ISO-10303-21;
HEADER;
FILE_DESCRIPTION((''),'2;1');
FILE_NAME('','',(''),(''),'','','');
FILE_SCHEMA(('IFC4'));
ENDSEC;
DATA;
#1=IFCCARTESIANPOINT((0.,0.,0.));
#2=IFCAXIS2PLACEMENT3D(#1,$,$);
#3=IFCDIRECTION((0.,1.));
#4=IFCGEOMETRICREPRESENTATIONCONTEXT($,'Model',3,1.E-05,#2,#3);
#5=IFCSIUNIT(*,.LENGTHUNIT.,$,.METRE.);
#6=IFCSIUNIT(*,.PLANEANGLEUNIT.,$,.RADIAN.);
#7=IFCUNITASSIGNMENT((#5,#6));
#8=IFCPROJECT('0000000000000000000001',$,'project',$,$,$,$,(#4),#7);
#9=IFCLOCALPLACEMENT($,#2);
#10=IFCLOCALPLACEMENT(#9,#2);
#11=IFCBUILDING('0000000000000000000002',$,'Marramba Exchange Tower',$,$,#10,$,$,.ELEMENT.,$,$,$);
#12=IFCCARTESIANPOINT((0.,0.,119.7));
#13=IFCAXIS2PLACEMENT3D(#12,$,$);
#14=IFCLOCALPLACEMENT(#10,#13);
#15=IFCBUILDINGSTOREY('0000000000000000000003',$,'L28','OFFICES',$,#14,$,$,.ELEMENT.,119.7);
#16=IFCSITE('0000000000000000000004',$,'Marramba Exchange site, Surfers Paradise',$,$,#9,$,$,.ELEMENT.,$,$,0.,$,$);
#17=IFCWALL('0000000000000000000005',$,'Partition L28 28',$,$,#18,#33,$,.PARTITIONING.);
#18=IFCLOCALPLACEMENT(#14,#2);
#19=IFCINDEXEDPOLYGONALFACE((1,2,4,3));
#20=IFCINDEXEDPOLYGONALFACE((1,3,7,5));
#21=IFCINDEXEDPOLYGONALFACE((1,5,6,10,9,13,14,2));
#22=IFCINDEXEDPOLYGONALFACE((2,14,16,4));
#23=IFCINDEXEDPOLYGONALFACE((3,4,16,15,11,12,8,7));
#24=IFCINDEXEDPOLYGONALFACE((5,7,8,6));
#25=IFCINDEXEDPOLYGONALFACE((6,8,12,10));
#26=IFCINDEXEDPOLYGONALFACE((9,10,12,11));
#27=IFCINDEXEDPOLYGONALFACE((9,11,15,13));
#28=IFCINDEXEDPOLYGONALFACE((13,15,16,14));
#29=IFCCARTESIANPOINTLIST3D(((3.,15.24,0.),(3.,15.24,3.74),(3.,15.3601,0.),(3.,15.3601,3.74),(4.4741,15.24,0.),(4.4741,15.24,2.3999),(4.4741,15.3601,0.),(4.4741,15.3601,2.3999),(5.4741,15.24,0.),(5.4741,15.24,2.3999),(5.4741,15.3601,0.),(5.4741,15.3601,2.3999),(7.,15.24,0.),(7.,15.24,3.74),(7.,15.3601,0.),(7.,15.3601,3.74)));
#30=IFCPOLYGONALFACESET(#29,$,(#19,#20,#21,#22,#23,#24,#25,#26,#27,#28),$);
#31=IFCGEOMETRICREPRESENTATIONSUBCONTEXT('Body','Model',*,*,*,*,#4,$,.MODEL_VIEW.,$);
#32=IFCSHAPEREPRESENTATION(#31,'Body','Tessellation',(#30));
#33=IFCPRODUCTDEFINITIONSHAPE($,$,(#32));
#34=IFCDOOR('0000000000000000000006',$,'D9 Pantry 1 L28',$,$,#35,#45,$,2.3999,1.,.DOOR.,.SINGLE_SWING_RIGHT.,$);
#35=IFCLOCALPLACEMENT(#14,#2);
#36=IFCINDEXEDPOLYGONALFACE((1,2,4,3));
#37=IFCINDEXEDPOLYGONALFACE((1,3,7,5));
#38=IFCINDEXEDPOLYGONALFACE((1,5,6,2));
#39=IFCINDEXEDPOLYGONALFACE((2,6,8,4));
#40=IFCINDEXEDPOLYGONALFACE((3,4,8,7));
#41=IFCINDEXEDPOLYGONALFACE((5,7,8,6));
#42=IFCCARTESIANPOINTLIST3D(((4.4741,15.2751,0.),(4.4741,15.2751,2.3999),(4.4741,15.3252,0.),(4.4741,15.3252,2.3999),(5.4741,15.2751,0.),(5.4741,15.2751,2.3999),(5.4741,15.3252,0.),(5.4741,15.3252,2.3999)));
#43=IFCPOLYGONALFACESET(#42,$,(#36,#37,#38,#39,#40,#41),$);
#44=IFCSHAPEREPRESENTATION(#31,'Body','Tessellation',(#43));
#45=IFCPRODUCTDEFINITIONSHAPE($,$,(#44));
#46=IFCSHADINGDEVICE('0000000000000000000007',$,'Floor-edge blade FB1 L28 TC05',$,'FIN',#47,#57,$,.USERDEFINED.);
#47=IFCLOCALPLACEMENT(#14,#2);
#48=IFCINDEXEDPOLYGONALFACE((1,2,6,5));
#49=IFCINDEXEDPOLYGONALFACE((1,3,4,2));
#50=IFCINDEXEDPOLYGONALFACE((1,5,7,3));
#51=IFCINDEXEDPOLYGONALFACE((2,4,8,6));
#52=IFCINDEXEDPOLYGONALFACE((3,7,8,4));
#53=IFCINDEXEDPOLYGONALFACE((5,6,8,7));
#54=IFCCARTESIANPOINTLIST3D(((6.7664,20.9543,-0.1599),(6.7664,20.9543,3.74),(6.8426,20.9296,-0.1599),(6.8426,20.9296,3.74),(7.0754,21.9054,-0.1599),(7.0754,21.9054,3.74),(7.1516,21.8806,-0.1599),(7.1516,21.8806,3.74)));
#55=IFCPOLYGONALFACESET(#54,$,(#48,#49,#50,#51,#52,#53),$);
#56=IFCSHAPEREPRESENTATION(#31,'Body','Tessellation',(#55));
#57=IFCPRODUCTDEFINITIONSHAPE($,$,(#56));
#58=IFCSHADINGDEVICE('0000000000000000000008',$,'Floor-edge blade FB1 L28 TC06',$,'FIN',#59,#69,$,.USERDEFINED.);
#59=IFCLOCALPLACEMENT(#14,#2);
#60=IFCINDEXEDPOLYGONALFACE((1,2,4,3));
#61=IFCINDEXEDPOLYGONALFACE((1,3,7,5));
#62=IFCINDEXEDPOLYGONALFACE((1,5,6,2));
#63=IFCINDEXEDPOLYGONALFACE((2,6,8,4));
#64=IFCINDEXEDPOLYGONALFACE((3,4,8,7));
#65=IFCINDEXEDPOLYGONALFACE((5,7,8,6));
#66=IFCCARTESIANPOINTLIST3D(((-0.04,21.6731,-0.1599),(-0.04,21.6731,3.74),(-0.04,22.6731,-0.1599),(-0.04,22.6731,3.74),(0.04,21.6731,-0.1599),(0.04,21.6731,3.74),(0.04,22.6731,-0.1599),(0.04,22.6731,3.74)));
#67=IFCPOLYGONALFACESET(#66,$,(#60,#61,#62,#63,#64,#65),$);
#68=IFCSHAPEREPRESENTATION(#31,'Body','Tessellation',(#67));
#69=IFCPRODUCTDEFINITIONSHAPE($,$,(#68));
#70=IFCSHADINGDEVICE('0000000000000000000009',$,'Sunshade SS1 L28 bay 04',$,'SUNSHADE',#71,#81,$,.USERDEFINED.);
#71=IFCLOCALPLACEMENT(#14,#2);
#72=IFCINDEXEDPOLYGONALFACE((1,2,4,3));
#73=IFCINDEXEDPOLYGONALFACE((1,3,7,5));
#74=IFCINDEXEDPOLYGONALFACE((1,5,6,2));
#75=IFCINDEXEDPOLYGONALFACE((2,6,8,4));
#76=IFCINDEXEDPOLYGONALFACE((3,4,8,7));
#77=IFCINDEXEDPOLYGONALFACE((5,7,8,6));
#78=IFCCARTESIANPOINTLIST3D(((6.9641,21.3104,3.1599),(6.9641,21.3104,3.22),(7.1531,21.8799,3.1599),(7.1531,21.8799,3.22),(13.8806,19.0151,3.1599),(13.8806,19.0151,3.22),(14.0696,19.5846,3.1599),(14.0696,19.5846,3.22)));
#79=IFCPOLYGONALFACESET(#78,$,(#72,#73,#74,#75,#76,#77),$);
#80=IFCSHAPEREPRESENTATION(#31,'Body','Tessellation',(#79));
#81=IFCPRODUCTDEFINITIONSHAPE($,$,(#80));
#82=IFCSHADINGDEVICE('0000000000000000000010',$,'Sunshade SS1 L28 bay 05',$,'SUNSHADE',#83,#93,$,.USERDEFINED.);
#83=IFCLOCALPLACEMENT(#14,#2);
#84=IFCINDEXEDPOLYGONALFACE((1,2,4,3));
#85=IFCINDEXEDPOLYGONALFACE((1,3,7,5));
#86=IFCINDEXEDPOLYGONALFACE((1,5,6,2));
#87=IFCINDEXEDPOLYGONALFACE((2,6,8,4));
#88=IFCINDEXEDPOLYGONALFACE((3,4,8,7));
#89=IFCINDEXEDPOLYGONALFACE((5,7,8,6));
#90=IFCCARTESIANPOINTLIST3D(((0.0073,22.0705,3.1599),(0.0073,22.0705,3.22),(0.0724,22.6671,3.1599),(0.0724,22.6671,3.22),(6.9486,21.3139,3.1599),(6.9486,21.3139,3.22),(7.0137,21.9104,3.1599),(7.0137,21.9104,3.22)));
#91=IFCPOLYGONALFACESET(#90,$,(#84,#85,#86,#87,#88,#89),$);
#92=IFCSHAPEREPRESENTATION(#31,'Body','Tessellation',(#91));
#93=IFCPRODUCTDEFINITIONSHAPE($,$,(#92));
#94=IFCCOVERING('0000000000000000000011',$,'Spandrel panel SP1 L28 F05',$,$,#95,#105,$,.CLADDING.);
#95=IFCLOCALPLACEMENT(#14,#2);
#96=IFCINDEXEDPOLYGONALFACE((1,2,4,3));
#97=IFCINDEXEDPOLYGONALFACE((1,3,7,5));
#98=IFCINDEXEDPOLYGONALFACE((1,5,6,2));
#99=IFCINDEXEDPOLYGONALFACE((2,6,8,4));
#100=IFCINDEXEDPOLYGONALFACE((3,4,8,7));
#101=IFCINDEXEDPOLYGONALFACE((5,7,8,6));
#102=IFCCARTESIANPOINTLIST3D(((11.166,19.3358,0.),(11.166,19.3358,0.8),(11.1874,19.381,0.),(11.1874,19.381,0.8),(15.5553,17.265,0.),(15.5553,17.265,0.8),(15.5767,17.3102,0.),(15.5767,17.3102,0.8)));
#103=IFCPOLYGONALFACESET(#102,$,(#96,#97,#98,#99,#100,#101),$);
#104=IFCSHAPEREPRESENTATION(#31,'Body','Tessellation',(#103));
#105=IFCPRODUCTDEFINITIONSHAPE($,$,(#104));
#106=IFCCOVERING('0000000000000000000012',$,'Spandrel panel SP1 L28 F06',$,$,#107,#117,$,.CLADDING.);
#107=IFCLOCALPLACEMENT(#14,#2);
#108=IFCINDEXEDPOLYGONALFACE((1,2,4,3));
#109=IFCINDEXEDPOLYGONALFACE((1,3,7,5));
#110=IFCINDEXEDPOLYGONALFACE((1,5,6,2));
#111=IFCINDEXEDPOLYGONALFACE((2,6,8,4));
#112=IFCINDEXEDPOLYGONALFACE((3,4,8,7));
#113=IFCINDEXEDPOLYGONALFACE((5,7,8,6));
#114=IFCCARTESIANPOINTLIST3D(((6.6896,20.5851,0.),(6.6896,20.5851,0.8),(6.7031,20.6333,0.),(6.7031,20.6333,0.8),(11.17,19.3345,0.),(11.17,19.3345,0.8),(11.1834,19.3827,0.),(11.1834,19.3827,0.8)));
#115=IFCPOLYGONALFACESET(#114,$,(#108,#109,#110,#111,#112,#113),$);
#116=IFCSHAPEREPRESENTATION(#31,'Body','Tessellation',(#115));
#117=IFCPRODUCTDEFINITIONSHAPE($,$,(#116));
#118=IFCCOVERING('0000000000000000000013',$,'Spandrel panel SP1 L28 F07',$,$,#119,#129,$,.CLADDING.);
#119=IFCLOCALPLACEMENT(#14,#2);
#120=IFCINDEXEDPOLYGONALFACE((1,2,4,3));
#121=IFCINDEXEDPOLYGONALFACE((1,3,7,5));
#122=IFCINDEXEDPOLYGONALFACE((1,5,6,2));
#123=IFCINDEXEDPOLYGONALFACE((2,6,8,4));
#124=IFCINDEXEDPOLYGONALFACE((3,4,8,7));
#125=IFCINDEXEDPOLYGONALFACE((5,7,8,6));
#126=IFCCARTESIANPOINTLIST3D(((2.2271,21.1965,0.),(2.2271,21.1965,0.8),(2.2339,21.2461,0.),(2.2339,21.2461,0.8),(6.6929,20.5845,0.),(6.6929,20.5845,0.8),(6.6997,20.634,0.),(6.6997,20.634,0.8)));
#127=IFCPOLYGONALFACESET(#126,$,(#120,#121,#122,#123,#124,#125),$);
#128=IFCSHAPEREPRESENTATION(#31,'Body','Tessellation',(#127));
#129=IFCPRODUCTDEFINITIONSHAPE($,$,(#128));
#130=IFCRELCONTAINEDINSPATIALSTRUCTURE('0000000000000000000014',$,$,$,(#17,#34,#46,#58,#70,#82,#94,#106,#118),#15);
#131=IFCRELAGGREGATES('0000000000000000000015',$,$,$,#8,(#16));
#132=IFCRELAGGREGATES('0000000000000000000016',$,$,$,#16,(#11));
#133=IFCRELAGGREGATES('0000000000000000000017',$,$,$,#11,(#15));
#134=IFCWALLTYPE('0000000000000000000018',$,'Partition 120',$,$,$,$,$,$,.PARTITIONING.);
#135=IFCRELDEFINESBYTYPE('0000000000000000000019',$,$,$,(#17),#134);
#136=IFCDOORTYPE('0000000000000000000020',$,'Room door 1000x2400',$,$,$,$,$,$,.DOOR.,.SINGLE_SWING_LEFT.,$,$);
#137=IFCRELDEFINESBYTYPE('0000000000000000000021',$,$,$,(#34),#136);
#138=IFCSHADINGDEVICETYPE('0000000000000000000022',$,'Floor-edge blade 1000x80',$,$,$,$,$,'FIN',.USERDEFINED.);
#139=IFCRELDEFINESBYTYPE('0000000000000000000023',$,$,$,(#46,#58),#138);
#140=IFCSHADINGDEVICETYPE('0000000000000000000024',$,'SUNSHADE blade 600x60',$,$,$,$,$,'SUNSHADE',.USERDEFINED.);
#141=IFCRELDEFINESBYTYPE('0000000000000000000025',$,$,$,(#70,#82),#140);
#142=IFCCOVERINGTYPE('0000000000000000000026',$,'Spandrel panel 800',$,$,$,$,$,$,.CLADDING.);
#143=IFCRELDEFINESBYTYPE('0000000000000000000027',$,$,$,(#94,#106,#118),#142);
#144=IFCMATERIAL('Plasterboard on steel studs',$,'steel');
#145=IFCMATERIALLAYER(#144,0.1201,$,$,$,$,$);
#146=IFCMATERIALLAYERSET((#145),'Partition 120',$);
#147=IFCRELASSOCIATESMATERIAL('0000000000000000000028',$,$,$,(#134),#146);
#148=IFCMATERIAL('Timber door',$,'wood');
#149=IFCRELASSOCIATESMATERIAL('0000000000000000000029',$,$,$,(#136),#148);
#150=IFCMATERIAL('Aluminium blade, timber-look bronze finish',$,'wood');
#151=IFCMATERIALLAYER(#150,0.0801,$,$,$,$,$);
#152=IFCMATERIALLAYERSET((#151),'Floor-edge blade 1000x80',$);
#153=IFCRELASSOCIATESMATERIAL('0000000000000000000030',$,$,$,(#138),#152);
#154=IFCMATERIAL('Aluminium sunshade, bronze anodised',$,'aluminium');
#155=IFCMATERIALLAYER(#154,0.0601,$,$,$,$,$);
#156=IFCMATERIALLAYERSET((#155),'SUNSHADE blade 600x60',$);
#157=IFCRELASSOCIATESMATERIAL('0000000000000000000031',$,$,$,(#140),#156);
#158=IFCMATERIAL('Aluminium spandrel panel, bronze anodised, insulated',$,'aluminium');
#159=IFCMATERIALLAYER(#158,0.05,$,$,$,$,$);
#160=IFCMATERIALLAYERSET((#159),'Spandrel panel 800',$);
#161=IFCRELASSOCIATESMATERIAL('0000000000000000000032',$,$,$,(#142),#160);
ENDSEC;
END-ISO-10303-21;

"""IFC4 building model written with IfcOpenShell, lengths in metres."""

from ifc_helpers import new_model, si_unit, direction, frame, frame_2d, origin, origin_2d, place, context, subcontext, project, spatial, rectangle, extrude, material, layer, layer_set, type_object, element, fill, save


model = new_model("IFC4")

# Units and contexts
model_context = context("Model", 3, precision=1e-05, world=origin(), true_north=direction((0.0, 1.0)))
body_context = subcontext(model_context, "Body", "Model", "MODEL_VIEW")
ifc_project = project(units=[si_unit("LENGTHUNIT", "METRE"), si_unit("PLANEANGLEUNIT", "RADIAN")], contexts=[model_context])

# Site, building, storey
site_placement = place(None, origin())
site = spatial("IfcSite", under=ifc_project, at=site_placement, Name="Marramba Exchange site, Surfers Paradise", CompositionType="ELEMENT", RefElevation=0.0)
building_placement = place(site_placement, origin())
building = spatial("IfcBuilding", under=site, at=building_placement, Name="Marramba Exchange Tower", CompositionType="ELEMENT")
storey_placement = place(building_placement, frame((0.0, 0.0, 119.7)))
storey = spatial("IfcBuildingStorey", under=building, at=storey_placement, Name="L28", Description="OFFICES", CompositionType="ELEMENT", Elevation=119.7)

# Wall, opening, door
ifc_material_1 = material(Name="Plasterboard on steel studs", Category="steel")
ifc_layer_1 = layer(ifc_material_1, 0.1201)
ifc_layer_set_1 = layer_set([ifc_layer_1], Name="Partition 120")
wall_type = type_object("IfcWallType", Name="Partition 120", PredefinedType="PARTITIONING", material=ifc_layer_set_1)
wall_placement = place(storey_placement, frame((7.0, 15.3, 0.0), z_axis=(0.0, 0.0, 1.0), x_axis=(-1.0, 0.0, 0.0)))
wall = element("IfcWall", 1, at=wall_placement, inside=storey, type_object=wall_type, Name="Partition L28 28", PredefinedType="PARTITIONING", context=body_context, shape_type="SweptSolid", body=[
    extrude(rectangle(XDim=4.0, YDim=0.1201, at=frame_2d((2.0, 0.0))), origin(), (0.0, 0.0, 1.0), 3.74),
])
opening_placement = place(wall_placement, frame((1.5259, 0.0, 0.0)))
opening = element("IfcOpeningElement", 2, at=opening_placement, cuts=wall, PredefinedType="OPENING", context=body_context, shape_type="SweptSolid", body=[
    extrude(rectangle(XDim=1.0, YDim=2.3999, at=frame_2d((0.5, 1.2))), frame((0.0, 0.0701, 0.0), z_axis=(0.0, -1.0, 0.0), x_axis=(1.0, 0.0, 0.0)), (0.0, 0.0, 1.0), 0.1401),
])
ifc_material_2 = material(Name="Timber door", Category="wood")
door_type = type_object("IfcDoorType", Name="Room door 1000x2400", OperationType="SINGLE_SWING_LEFT", PredefinedType="DOOR", material=ifc_material_2)
door_placement = place(opening_placement, origin())
door = element("IfcDoor", 3, at=door_placement, inside=storey, type_object=door_type, Name="D9 Pantry 1 L28", OperationType="SINGLE_SWING_RIGHT", OverallHeight=2.3999, OverallWidth=1.0, PredefinedType="DOOR", context=body_context, shape_type="SweptSolid", body=[
    extrude(rectangle(XDim=1.0, YDim=2.3999, at=frame_2d((0.5, 1.2))), frame((0.0, 0.0249, 0.0), z_axis=(0.0, -1.0, 0.0), x_axis=(1.0, 0.0, 0.0)), (0.0, 0.0, 1.0), 0.05),
])
fill(opening, door)

# Shading devices
ifc_material_3 = material(Name="Aluminium blade, timber-look bronze finish", Category="wood")
ifc_layer_2 = layer(ifc_material_3, 0.0801)
ifc_layer_set_2 = layer_set([ifc_layer_2], Name="Floor-edge blade 1000x80")
shading_device_type_1 = type_object("IfcShadingDeviceType", Name="Floor-edge blade 1000x80", ElementType="FIN", PredefinedType="USERDEFINED", material=ifc_layer_set_2)
for number, where, z_axis, x_axis, name in (
    (4, (6.959, 21.4175, -0.1599), (0.0, 0.0, 1.0), (0.309017, 0.951057, 0.0), "Floor-edge blade FB1 L28 TC05"),
    (5, (0.0, 22.1731, -0.1599), (0.0, 0.0, 1.0), (0.0, 1.0, 0.0), "Floor-edge blade FB1 L28 TC06"),
):
    element("IfcShadingDevice", number, at=place(storey_placement, frame(where, z_axis=z_axis, x_axis=x_axis)), inside=storey, type_object=shading_device_type_1, Name=name, ObjectType="FIN", PredefinedType="USERDEFINED", context=body_context, shape_type="SweptSolid", body=[
        extrude(rectangle(XDim=1.0, YDim=0.0801, at=origin_2d()), origin(), (0.0, 0.0, 1.0), 3.8999),
    ])
ifc_material_4 = material(Name="Aluminium sunshade, bronze anodised", Category="aluminium")
ifc_layer_3 = layer(ifc_material_4, 0.0601)
ifc_layer_set_3 = layer_set([ifc_layer_3], Name="SUNSHADE blade 600x60")
shading_device_type_2 = type_object("IfcShadingDeviceType", Name="SUNSHADE blade 600x60", ElementType="SUNSHADE", PredefinedType="USERDEFINED", material=ifc_layer_set_3)
shading_device_1_placement = place(storey_placement, frame((10.5168, 20.4475, 3.1599), z_axis=(0.0, 0.0, 1.0), x_axis=(-0.949101, 0.314972, 0.0)))
element("IfcShadingDevice", 6, at=shading_device_1_placement, inside=storey, type_object=shading_device_type_2, Name="Sunshade SS1 L28 bay 04", ObjectType="SUNSHADE", PredefinedType="USERDEFINED", context=body_context, shape_type="SweptSolid", body=[
    extrude(rectangle(XDim=7.2874, YDim=0.6001, at=origin_2d()), origin(), (0.0, 0.0, 1.0), 0.0601),
])
shading_device_2_placement = place(storey_placement, frame((3.5105, 21.9905, 3.1599), z_axis=(0.0, 0.0, 1.0), x_axis=(-0.994111, 0.108363, 0.0)))
element("IfcShadingDevice", 7, at=shading_device_2_placement, inside=storey, type_object=shading_device_type_2, Name="Sunshade SS1 L28 bay 05", ObjectType="SUNSHADE", PredefinedType="USERDEFINED", context=body_context, shape_type="SweptSolid", body=[
    extrude(rectangle(XDim=6.9824, YDim=0.6001, at=origin_2d()), origin(), (0.0, 0.0, 1.0), 0.0601),
])

# Coverings
ifc_material_5 = material(Name="Aluminium spandrel panel, bronze anodised, insulated", Category="aluminium")
ifc_layer_4 = layer(ifc_material_5, 0.05)
ifc_layer_set_4 = layer_set([ifc_layer_4], Name="Spandrel panel 800")
covering_type = type_object("IfcCoveringType", Name="Spandrel panel 800", PredefinedType="CLADDING", material=ifc_layer_set_4)
covering_1_placement = place(storey_placement, frame((13.3713, 18.323, 0.0), z_axis=(0.0, 0.0, 1.0), x_axis=(-0.904403, 0.426679, 0.0)))
element("IfcCovering", 8, at=covering_1_placement, inside=storey, type_object=covering_type, Name="Spandrel panel SP1 L28 F05", PredefinedType="CLADDING", context=body_context, shape_type="SweptSolid", body=[
    extrude(rectangle(XDim=4.8533, YDim=0.05, at=origin_2d()), origin(), (0.0, 0.0, 1.0), 0.8),
])
covering_2_placement = place(storey_placement, frame((8.9365, 19.9839, 0.0), z_axis=(0.0, 0.0, 1.0), x_axis=(-0.963178, 0.268865, 0.0)))
element("IfcCovering", 9, at=covering_2_placement, inside=storey, type_object=covering_type, Name="Spandrel panel SP1 L28 F06", PredefinedType="CLADDING", context=body_context, shape_type="SweptSolid", body=[
    extrude(rectangle(XDim=4.6516, YDim=0.05, at=origin_2d()), origin(), (0.0, 0.0, 1.0), 0.8),
])
covering_3_placement = place(storey_placement, frame((4.4634, 20.9153, 0.0), z_axis=(0.0, 0.0, 1.0), x_axis=(-0.990738, 0.135786, 0.0)))
element("IfcCovering", 10, at=covering_3_placement, inside=storey, type_object=covering_type, Name="Spandrel panel SP1 L28 F07", PredefinedType="CLADDING", context=body_context, shape_type="SweptSolid", body=[
    extrude(rectangle(XDim=4.5076, YDim=0.05, at=origin_2d()), origin(), (0.0, 0.0, 1.0), 0.8),
])

save(model, "model.ifc")
